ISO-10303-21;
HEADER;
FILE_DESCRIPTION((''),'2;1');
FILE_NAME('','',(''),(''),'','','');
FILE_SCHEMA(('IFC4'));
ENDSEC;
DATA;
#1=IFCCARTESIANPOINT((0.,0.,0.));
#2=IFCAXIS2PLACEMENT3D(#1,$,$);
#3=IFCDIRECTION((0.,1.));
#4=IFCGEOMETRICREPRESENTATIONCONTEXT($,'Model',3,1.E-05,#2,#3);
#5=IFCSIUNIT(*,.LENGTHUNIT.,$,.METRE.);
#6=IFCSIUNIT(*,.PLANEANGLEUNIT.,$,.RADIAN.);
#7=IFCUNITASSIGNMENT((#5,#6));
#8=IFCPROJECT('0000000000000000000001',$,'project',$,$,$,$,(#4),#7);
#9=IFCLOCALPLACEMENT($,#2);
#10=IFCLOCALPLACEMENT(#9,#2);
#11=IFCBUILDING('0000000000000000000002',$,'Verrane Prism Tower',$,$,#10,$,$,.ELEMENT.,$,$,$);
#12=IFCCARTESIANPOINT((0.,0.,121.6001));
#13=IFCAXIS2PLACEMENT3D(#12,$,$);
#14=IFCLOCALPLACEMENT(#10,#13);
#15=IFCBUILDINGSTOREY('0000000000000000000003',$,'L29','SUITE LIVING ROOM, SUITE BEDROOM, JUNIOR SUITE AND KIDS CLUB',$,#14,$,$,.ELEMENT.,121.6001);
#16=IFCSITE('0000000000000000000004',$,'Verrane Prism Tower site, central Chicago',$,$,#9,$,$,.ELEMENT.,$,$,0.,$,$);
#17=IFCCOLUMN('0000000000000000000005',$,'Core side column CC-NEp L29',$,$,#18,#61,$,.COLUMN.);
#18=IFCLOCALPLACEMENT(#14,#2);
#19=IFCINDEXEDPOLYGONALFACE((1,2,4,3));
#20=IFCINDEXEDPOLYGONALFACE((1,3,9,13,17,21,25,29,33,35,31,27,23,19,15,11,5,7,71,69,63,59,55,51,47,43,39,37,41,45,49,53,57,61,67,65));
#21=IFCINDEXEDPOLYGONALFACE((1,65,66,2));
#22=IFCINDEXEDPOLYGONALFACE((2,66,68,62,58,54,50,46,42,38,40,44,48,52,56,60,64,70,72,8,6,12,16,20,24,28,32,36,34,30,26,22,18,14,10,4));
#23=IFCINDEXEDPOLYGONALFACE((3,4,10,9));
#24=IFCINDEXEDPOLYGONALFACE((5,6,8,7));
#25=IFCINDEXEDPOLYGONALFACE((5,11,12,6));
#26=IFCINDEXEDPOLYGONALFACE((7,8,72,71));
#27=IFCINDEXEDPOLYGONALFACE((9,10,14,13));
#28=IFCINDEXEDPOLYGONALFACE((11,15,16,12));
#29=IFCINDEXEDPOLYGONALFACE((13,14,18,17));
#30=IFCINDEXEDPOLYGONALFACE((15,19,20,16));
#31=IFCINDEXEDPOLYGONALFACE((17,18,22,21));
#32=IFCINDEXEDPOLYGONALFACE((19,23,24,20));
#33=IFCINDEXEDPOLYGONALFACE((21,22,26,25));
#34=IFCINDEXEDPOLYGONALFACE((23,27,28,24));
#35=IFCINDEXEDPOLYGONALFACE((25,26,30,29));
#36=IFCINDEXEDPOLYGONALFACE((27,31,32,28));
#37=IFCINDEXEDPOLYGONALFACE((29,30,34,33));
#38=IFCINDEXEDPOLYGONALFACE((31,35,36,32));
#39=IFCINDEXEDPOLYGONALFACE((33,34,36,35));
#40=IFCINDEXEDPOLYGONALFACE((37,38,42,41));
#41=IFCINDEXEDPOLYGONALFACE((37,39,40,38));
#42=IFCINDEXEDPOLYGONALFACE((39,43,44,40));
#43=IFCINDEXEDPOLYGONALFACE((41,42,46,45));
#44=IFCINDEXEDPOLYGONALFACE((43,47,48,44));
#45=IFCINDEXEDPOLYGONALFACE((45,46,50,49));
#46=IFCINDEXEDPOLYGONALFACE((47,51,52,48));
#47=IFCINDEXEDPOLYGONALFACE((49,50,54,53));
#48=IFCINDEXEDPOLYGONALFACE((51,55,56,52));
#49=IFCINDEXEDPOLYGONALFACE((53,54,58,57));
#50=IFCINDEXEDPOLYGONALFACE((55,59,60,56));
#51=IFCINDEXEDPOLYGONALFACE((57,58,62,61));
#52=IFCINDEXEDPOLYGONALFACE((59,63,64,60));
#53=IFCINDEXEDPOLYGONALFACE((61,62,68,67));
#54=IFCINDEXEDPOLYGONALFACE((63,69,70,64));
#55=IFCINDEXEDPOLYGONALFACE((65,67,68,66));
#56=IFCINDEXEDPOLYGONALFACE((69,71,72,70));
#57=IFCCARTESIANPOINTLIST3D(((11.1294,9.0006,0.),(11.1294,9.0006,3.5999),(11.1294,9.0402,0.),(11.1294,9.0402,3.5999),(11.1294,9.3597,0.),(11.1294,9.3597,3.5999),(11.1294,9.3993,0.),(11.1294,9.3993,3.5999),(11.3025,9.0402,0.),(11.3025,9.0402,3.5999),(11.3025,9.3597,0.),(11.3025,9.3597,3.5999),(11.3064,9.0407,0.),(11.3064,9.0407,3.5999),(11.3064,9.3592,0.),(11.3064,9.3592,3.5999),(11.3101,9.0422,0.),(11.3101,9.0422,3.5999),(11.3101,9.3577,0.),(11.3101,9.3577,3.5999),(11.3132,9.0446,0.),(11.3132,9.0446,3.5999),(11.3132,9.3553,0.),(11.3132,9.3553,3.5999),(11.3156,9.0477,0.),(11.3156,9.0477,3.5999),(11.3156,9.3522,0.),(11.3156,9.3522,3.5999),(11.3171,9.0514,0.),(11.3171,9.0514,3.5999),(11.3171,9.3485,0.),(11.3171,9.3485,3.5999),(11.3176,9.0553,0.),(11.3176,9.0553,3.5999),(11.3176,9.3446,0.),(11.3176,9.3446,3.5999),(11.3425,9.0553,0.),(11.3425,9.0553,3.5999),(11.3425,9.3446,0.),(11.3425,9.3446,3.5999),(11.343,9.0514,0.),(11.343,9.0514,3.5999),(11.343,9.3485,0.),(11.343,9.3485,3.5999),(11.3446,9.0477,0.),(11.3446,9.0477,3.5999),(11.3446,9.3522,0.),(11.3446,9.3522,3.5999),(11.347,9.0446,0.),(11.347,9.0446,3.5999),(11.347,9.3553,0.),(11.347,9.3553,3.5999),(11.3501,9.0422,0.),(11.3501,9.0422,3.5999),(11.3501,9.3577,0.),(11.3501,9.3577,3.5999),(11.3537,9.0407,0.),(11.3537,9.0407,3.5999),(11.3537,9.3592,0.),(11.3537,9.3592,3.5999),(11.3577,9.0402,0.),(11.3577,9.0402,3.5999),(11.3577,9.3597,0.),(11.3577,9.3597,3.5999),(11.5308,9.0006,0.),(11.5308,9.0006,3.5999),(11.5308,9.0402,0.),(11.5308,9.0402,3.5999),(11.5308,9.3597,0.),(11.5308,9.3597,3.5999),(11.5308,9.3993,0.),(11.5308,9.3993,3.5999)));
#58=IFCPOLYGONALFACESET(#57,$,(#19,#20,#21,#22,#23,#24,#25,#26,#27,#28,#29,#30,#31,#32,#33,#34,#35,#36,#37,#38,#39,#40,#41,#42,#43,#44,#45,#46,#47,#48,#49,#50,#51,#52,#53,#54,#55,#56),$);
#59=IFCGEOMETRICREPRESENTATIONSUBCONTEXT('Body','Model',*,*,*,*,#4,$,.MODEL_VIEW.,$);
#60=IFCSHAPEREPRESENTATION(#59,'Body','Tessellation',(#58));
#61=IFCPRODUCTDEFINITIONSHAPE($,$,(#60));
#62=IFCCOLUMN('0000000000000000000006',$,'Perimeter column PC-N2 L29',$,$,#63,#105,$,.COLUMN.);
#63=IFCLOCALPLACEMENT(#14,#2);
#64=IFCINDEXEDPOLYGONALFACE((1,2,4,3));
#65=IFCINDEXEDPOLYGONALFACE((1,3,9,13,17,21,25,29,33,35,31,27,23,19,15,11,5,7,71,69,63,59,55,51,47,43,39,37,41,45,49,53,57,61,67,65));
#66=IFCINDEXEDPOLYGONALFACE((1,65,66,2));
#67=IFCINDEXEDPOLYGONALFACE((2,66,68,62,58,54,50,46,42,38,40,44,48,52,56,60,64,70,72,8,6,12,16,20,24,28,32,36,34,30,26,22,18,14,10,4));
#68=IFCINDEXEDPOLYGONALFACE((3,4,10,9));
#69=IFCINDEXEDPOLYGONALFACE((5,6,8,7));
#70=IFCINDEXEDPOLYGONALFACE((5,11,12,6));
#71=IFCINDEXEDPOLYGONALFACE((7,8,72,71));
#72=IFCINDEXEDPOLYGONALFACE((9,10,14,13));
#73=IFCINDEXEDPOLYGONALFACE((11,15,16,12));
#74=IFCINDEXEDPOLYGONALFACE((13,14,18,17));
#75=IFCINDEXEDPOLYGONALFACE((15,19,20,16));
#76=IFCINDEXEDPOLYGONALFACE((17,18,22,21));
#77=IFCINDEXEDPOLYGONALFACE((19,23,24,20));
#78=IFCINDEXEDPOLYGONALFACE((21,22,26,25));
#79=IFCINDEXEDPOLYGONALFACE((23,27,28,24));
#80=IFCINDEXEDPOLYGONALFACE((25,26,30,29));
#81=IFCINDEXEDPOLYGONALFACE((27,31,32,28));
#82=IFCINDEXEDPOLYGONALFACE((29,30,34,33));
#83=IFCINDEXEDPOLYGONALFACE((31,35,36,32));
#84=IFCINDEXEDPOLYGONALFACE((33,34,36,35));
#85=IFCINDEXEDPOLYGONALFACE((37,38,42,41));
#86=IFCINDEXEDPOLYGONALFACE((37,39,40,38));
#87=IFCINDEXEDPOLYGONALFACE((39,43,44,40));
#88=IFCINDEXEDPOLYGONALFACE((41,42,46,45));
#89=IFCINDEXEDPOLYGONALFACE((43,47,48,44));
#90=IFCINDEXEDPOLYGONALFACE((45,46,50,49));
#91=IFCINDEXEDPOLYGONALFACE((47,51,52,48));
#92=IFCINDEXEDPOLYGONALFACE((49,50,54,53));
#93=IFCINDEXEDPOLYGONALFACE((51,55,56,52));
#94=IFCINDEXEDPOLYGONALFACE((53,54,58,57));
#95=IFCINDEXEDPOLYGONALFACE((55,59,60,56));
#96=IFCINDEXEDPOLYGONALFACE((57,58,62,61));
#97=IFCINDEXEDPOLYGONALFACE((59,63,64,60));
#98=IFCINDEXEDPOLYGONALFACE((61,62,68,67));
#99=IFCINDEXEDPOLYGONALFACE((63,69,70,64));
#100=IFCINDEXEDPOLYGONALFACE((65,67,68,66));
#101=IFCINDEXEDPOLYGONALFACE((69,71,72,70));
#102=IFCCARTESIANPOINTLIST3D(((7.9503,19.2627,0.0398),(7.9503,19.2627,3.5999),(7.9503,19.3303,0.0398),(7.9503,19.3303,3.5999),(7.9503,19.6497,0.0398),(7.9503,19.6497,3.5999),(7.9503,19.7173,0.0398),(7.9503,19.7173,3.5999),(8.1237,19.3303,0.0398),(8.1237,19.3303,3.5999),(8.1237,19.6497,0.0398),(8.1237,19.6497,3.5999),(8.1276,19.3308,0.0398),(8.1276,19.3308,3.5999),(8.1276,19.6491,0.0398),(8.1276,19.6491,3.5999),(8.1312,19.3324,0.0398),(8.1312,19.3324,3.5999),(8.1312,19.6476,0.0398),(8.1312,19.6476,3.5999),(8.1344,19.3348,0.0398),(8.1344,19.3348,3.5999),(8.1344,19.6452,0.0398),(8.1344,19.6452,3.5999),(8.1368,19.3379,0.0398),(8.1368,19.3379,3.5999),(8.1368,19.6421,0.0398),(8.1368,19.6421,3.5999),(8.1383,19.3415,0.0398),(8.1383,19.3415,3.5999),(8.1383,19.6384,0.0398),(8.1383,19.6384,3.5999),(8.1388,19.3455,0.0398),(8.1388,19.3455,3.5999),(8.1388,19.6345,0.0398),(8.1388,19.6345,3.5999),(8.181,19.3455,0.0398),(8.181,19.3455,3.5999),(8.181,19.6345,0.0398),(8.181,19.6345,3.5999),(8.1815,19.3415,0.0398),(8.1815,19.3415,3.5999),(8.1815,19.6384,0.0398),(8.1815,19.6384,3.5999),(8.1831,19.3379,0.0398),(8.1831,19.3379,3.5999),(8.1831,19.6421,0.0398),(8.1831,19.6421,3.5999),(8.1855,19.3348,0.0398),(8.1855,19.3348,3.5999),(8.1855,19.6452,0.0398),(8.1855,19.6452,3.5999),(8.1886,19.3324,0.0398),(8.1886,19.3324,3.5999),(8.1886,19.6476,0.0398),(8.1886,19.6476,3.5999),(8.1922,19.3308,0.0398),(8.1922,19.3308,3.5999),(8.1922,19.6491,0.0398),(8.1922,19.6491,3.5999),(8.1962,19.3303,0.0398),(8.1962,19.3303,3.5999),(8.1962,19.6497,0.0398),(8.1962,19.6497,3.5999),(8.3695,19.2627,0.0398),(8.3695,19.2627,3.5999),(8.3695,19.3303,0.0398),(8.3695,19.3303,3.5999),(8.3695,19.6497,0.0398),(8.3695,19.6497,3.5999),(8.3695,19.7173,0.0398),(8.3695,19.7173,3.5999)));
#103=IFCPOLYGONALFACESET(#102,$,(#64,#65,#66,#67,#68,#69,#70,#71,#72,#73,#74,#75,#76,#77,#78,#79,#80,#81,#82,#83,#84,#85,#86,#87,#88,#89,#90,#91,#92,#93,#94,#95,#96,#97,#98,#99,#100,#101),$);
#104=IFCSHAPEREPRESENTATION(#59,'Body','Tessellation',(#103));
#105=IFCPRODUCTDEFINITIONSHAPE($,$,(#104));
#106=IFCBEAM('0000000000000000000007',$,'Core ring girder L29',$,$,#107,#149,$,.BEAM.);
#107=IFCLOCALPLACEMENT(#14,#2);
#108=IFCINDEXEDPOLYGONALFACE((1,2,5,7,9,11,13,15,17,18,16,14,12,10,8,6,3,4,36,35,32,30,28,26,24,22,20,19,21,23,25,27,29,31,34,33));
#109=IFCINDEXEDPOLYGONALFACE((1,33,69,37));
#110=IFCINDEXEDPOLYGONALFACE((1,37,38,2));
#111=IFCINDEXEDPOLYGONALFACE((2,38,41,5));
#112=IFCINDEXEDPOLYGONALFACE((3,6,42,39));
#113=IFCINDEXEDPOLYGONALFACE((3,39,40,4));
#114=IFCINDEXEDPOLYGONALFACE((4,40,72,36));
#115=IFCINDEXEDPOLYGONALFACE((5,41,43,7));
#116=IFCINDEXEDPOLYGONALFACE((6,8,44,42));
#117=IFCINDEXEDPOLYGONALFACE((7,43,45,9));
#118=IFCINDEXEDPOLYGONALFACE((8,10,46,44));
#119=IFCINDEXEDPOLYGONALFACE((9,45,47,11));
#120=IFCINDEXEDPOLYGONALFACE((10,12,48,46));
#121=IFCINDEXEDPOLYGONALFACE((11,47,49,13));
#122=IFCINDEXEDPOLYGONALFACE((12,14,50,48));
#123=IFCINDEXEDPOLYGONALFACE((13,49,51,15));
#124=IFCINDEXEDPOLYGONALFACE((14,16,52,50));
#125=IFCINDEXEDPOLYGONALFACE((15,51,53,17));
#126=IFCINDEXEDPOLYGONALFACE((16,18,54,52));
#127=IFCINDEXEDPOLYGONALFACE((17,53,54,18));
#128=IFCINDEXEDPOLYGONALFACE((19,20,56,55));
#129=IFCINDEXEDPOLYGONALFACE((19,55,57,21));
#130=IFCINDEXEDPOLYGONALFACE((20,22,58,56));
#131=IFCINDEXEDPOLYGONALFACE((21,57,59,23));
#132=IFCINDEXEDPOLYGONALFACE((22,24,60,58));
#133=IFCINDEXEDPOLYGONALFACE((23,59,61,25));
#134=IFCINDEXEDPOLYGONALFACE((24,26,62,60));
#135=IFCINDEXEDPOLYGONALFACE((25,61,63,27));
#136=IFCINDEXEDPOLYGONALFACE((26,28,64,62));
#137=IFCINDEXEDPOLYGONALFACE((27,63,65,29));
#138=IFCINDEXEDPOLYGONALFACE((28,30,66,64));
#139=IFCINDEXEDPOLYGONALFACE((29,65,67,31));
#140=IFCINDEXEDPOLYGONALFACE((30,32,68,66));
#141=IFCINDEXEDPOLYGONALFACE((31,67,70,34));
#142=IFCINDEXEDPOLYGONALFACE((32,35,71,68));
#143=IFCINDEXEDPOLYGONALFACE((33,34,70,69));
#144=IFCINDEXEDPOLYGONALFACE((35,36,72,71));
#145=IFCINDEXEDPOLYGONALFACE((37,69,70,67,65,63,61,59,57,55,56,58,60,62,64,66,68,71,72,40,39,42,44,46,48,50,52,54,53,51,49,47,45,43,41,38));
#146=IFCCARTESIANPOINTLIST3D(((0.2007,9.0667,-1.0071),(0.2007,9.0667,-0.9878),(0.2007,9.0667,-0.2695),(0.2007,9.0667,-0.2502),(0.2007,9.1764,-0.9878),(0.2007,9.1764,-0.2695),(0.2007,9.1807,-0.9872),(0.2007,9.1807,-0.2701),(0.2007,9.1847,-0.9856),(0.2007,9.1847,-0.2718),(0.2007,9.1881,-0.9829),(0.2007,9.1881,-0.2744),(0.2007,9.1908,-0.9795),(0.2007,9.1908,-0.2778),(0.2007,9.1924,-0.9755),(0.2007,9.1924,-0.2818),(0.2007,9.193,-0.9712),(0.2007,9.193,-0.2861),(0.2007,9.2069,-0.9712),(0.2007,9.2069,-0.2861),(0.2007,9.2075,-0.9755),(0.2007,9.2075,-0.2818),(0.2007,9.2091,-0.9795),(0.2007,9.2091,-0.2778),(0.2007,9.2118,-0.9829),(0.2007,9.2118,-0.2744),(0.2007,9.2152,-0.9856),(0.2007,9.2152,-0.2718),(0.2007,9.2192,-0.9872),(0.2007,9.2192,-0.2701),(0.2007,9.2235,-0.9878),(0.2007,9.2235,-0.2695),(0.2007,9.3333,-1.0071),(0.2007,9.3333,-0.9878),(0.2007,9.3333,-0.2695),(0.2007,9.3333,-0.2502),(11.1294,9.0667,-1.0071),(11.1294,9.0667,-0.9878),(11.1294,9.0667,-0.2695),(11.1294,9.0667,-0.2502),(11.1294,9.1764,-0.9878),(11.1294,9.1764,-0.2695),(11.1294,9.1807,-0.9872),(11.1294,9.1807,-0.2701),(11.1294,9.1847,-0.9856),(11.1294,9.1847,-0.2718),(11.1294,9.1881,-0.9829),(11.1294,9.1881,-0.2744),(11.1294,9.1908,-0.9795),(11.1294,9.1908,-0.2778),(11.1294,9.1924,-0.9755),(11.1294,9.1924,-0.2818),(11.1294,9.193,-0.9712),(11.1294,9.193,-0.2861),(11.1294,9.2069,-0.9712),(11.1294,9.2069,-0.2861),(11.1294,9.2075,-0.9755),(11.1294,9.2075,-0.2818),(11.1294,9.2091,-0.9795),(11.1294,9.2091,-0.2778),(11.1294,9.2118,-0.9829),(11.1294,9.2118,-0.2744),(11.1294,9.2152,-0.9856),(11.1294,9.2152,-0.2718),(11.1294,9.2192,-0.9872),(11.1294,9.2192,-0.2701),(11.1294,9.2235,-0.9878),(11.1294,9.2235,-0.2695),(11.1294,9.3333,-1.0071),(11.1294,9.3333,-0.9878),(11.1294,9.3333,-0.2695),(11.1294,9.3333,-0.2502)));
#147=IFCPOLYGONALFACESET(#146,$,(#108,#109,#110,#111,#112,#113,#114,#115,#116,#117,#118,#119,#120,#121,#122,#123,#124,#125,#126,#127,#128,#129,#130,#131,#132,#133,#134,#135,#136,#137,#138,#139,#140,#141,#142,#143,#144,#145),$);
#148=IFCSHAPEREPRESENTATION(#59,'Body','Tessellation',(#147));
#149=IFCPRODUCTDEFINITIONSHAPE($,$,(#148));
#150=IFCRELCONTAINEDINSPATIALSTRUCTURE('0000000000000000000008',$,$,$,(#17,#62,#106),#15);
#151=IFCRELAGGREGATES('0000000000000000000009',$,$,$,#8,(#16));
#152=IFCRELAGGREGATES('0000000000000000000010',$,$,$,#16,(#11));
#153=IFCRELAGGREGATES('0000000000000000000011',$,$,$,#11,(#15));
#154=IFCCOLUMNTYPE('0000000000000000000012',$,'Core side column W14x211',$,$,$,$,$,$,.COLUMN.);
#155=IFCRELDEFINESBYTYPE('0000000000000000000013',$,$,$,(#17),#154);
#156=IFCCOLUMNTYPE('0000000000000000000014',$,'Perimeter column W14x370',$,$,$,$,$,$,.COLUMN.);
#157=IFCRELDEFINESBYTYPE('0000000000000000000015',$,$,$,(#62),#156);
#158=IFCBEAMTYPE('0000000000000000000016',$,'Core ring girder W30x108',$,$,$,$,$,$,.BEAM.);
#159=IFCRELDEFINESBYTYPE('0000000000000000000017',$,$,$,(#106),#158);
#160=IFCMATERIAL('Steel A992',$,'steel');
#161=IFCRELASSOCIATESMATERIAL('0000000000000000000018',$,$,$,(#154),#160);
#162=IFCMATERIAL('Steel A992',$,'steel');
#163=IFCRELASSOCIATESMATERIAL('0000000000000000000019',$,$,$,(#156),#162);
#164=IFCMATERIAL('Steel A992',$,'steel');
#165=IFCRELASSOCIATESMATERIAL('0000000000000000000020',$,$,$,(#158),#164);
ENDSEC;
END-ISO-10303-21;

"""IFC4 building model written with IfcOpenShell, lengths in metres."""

from ifc_helpers import new_model, si_unit, direction, frame, origin, origin_2d, place, context, subcontext, project, spatial, i_section, extrude, material, material_profile, profile_set, type_object, element, save


model = new_model("IFC4")

# Units and contexts
model_context = context("Model", 3, precision=1e-05, world=origin(), true_north=direction((0.0, 1.0)))
body_context = subcontext(model_context, "Body", "Model", "MODEL_VIEW")
ifc_project = project(units=[si_unit("LENGTHUNIT", "METRE"), si_unit("PLANEANGLEUNIT", "RADIAN")], contexts=[model_context])

# Site, building, storey
site_placement = place(None, origin())
site = spatial("IfcSite", under=ifc_project, at=site_placement, Name="Verrane Prism Tower site, central Chicago", CompositionType="ELEMENT", RefElevation=0.0)
building_placement = place(site_placement, origin())
building = spatial("IfcBuilding", under=site, at=building_placement, Name="Verrane Prism Tower", CompositionType="ELEMENT")
storey_placement = place(building_placement, frame((0.0, 0.0, 121.6001)))
storey = spatial("IfcBuildingStorey", under=building, at=storey_placement, Name="L29", Description="SUITE LIVING ROOM, SUITE BEDROOM, JUNIOR SUITE AND KIDS CLUB", CompositionType="ELEMENT", Elevation=121.6001)

# Columns
ifc_material_1 = material(Name="Steel A992", Category="steel")
ifc_material_profile_1 = material_profile(ifc_material_1, i_section(OverallWidth=0.4014, OverallDepth=0.3987, WebThickness=0.0249, FlangeThickness=0.0396, FilletRadius=0.0151, at=origin_2d()), Name="W14x211")
ifc_profile_set_1 = profile_set([ifc_material_profile_1], Name="Steel A992")
column_type_1 = type_object("IfcColumnType", Name="Core side column W14x211", PredefinedType="COLUMN", material=ifc_profile_set_1)
column_1_placement = place(storey_placement, frame((11.3301, 9.2, 0.0), z_axis=(0.0, 0.0, 1.0), x_axis=(1.0, 0.0, 0.0)))
element("IfcColumn", 1, at=column_1_placement, inside=storey, type_object=column_type_1, Name="Core side column CC-NEp L29", PredefinedType="COLUMN", context=body_context, shape_type="SweptSolid", body=[
    extrude(i_section(OverallWidth=0.4014, OverallDepth=0.3987, WebThickness=0.0249, FlangeThickness=0.0396, FilletRadius=0.0151, at=origin_2d()), origin(), (0.0, 0.0, 1.0), 3.5999),
])
ifc_material_2 = material(Name="Steel A992", Category="steel")
ifc_material_profile_2 = material_profile(ifc_material_2, i_section(OverallWidth=0.4192, OverallDepth=0.4546, WebThickness=0.0422, FlangeThickness=0.0676, FilletRadius=0.0151, at=origin_2d()), Name="W14x370")
ifc_profile_set_2 = profile_set([ifc_material_profile_2], Name="Steel A992")
column_type_2 = type_object("IfcColumnType", Name="Perimeter column W14x370", PredefinedType="COLUMN", material=ifc_profile_set_2)
column_2_placement = place(storey_placement, frame((8.1599, 19.49, 0.0398), z_axis=(0.0, 0.0, 1.0), x_axis=(1.0, 0.0, 0.0)))
element("IfcColumn", 2, at=column_2_placement, inside=storey, type_object=column_type_2, Name="Perimeter column PC-N2 L29", PredefinedType="COLUMN", context=body_context, shape_type="SweptSolid", body=[
    extrude(i_section(OverallWidth=0.4192, OverallDepth=0.4546, WebThickness=0.0422, FlangeThickness=0.0676, FilletRadius=0.0151, at=origin_2d()), origin(), (0.0, 0.0, 1.0), 3.5601),
])

# Beam
ifc_material_3 = material(Name="Steel A992", Category="steel")
ifc_material_profile_3 = material_profile(ifc_material_3, i_section(OverallWidth=0.2666, OverallDepth=0.7568, WebThickness=0.0139, FlangeThickness=0.0193, FilletRadius=0.0166, at=origin_2d()), Name="W30x108")
ifc_profile_set_3 = profile_set([ifc_material_profile_3], Name="Steel A992")
beam_type_1 = type_object("IfcBeamType", Name="Core ring girder W30x108", PredefinedType="BEAM", material=ifc_profile_set_3)
beam_1_placement = place(storey_placement, frame((11.1294, 9.2, -0.6287), z_axis=(-1.0, 0.0, 0.0), x_axis=(0.0, -1.0, 0.0)))
element("IfcBeam", 3, at=beam_1_placement, inside=storey, type_object=beam_type_1, Name="Core ring girder L29", PredefinedType="BEAM", context=body_context, shape_type="SweptSolid", body=[
    extrude(i_section(OverallWidth=0.2666, OverallDepth=0.7568, WebThickness=0.0139, FlangeThickness=0.0193, FilletRadius=0.0166, at=origin_2d()), origin(), (0.0, 0.0, 1.0), 10.9287),
])

save(model, "model.ifc")
